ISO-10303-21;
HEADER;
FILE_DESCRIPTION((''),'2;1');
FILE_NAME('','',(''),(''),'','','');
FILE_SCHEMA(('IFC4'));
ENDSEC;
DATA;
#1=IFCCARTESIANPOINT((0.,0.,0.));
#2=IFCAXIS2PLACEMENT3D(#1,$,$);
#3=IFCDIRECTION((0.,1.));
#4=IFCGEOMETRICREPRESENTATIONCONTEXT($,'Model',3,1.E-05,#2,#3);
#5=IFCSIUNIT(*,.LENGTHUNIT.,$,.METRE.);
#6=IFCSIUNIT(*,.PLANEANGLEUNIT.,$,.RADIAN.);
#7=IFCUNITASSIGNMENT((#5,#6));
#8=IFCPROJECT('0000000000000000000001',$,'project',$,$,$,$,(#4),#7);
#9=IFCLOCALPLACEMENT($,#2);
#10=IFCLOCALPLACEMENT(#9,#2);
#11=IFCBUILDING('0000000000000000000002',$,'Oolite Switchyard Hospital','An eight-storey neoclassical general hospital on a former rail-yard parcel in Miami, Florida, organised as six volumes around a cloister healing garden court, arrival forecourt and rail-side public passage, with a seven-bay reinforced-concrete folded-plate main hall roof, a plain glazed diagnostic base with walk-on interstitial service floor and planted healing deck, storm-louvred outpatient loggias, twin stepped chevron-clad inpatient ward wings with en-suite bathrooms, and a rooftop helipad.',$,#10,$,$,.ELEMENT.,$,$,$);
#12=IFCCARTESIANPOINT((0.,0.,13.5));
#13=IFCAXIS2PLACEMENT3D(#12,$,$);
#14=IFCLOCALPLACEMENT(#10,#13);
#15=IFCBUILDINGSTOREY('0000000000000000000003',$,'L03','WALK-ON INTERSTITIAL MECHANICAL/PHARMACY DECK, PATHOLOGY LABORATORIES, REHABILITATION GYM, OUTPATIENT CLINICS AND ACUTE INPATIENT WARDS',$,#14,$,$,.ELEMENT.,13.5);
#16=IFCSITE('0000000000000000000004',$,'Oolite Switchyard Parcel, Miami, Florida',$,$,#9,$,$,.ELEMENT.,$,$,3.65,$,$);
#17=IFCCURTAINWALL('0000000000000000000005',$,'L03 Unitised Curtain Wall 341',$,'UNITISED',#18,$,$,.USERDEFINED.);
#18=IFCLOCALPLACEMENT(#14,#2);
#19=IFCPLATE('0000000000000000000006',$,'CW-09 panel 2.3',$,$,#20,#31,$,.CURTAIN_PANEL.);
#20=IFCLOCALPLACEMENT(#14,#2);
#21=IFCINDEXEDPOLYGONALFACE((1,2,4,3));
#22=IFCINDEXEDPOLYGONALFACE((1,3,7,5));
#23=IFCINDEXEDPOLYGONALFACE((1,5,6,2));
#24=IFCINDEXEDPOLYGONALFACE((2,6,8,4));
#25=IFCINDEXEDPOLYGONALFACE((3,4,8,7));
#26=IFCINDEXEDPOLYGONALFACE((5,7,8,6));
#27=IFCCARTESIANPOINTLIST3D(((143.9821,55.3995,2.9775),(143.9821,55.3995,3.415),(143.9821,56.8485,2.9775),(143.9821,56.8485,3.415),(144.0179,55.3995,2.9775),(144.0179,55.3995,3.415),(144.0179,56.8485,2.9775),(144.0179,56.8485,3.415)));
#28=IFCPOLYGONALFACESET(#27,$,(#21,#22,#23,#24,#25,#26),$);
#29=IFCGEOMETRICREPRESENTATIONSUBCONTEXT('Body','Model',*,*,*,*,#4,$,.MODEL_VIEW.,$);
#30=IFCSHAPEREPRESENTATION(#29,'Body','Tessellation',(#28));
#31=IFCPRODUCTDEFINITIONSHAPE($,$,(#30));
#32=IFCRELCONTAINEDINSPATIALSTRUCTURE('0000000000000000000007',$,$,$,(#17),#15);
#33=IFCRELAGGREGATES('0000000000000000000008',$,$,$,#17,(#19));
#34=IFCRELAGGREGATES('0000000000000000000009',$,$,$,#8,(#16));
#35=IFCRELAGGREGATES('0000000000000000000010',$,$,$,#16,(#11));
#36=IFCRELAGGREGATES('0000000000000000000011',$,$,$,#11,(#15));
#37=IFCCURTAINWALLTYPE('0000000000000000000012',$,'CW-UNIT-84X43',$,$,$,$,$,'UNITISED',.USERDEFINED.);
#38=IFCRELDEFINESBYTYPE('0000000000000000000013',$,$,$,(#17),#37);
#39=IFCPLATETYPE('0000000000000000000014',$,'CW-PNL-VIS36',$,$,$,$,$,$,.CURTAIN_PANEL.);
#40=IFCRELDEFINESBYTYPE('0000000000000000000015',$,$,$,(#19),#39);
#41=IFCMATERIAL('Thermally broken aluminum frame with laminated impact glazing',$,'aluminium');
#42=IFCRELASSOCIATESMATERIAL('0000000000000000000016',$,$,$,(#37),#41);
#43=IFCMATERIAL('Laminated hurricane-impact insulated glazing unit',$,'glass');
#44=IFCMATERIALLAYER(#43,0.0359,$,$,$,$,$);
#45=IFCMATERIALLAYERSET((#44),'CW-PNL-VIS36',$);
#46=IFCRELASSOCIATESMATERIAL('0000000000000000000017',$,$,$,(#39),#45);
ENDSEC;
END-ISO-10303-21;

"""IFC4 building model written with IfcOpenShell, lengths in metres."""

from ifc_helpers import new_model, si_unit, direction, frame, origin, origin_2d, place, context, subcontext, project, spatial, rectangle, extrude, material, layer, layer_set, type_object, element, aggregate, save


model = new_model("IFC4")

# Units and contexts
model_context = context("Model", 3, precision=1e-05, world=origin(), true_north=direction((0.0, 1.0)))
body_context = subcontext(model_context, "Body", "Model", "MODEL_VIEW")
ifc_project = project(units=[si_unit("LENGTHUNIT", "METRE"), si_unit("PLANEANGLEUNIT", "RADIAN")], contexts=[model_context])

# Site, building, storey
site_placement = place(None, origin())
site = spatial("IfcSite", under=ifc_project, at=site_placement, Name="Oolite Switchyard Parcel, Miami, Florida", CompositionType="ELEMENT", RefElevation=3.65)
building_placement = place(site_placement, origin())
building = spatial("IfcBuilding", under=site, at=building_placement, Name="Oolite Switchyard Hospital", Description="An eight-storey neoclassical general hospital on a former rail-yard parcel in Miami, Florida, organised as six volumes around a cloister healing garden court, arrival forecourt and rail-side public passage, with a seven-bay reinforced-concrete folded-plate main hall roof, a plain glazed diagnostic base with walk-on interstitial service floor and planted healing deck, storm-louvred outpatient loggias, twin stepped chevron-clad inpatient ward wings with en-suite bathrooms, and a rooftop helipad.", CompositionType="ELEMENT")
storey_placement = place(building_placement, frame((0.0, 0.0, 13.5)))
storey = spatial("IfcBuildingStorey", under=building, at=storey_placement, Name="L03", Description="WALK-ON INTERSTITIAL MECHANICAL/PHARMACY DECK, PATHOLOGY LABORATORIES, REHABILITATION GYM, OUTPATIENT CLINICS AND ACUTE INPATIENT WARDS", CompositionType="ELEMENT", Elevation=13.5)

# Curtain wall, plate
ifc_material_1 = material(Name="Thermally broken aluminum frame with laminated impact glazing", Category="aluminium")
curtain_wall_type = type_object("IfcCurtainWallType", Name="CW-UNIT-84X43", ElementType="UNITISED", PredefinedType="USERDEFINED", material=ifc_material_1)
curtain_wall_placement = place(storey_placement, origin())
curtain_wall = element("IfcCurtainWall", 1, at=curtain_wall_placement, inside=storey, type_object=curtain_wall_type, Name="L03 Unitised Curtain Wall 341", ObjectType="UNITISED", PredefinedType="USERDEFINED")
ifc_material_2 = material(Name="Laminated hurricane-impact insulated glazing unit", Category="glass")
ifc_layer = layer(ifc_material_2, 0.0359)
ifc_layer_set = layer_set([ifc_layer], Name="CW-PNL-VIS36")
plate_type = type_object("IfcPlateType", Name="CW-PNL-VIS36", PredefinedType="CURTAIN_PANEL", material=ifc_layer_set)
plate_1_placement = place(storey_placement, frame((144.0, 56.124, 2.9775), z_axis=(0.0, 0.0, 1.0), x_axis=(0.0, -1.0, 0.0)))
plate_1 = element("IfcPlate", 2, at=plate_1_placement, type_object=plate_type, Name="CW-09 panel 2.3", PredefinedType="CURTAIN_PANEL", context=body_context, shape_type="SweptSolid", body=[
    extrude(rectangle(XDim=1.449, YDim=0.0359, at=origin_2d()), origin(), (0.0, 0.0, 1.0), 0.4375),
])
aggregate(curtain_wall, [plate_1])

save(model, "model.ifc")
